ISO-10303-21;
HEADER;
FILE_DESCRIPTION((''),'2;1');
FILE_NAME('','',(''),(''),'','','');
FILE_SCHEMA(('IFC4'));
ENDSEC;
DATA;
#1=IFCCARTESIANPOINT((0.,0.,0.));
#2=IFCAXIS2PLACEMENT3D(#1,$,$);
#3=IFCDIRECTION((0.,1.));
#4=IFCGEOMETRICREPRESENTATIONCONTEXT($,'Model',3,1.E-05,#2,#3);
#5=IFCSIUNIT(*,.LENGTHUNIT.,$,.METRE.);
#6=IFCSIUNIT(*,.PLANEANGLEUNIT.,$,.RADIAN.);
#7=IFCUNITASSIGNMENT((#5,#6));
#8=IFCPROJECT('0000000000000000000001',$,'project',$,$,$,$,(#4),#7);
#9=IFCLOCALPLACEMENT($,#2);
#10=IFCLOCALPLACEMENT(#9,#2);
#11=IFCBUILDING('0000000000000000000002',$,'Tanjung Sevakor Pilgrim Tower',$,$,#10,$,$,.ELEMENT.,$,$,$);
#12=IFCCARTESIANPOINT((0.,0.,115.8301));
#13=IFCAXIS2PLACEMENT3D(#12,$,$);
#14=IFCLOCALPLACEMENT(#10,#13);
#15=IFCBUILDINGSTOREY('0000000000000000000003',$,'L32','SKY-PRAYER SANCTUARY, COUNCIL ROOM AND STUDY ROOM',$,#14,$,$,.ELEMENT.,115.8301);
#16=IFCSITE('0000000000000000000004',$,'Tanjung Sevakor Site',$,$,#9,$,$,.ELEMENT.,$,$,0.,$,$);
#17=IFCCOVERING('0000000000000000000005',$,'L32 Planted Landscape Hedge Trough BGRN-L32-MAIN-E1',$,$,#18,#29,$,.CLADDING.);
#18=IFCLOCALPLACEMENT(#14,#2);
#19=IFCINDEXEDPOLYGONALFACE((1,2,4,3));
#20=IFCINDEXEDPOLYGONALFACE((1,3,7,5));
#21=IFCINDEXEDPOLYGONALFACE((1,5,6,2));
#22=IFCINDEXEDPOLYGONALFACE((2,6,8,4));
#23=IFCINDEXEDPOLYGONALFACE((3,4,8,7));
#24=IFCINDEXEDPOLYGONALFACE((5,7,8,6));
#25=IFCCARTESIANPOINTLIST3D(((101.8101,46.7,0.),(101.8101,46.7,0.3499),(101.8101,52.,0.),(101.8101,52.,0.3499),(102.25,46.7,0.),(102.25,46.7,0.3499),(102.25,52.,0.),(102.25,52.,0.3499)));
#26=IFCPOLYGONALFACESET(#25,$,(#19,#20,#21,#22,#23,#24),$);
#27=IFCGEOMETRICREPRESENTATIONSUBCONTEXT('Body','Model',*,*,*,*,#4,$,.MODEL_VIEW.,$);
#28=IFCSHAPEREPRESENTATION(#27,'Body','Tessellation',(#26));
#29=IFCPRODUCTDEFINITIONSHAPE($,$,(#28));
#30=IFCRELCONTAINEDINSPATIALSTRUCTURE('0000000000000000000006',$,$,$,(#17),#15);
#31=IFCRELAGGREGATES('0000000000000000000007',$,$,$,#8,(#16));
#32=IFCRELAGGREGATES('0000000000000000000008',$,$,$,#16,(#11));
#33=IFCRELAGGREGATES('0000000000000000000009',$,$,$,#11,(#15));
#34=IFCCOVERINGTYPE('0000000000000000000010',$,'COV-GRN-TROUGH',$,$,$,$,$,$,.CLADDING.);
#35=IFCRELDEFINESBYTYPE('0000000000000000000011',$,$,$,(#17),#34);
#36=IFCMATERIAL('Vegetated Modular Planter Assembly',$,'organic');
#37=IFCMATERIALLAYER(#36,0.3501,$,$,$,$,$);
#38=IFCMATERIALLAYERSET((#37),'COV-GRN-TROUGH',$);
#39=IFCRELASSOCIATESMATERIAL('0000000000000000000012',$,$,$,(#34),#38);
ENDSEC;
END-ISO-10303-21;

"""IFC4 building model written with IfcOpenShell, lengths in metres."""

from ifc_helpers import new_model, si_unit, direction, frame, origin, place, context, subcontext, project, spatial, polyline, outline, extrude, material, layer, layer_set, type_object, element, save


model = new_model("IFC4")

# Units and contexts
model_context = context("Model", 3, precision=1e-05, world=origin(), true_north=direction((0.0, 1.0)))
body_context = subcontext(model_context, "Body", "Model", "MODEL_VIEW")
ifc_project = project(units=[si_unit("LENGTHUNIT", "METRE"), si_unit("PLANEANGLEUNIT", "RADIAN")], contexts=[model_context])

# Site, building, storey
site_placement = place(None, origin())
site = spatial("IfcSite", under=ifc_project, at=site_placement, Name="Tanjung Sevakor Site", CompositionType="ELEMENT", RefElevation=0.0)
building_placement = place(site_placement, origin())
building = spatial("IfcBuilding", under=site, at=building_placement, Name="Tanjung Sevakor Pilgrim Tower", CompositionType="ELEMENT")
storey_placement = place(building_placement, frame((0.0, 0.0, 115.8301)))
storey = spatial("IfcBuildingStorey", under=building, at=storey_placement, Name="L32", Description="SKY-PRAYER SANCTUARY, COUNCIL ROOM AND STUDY ROOM", CompositionType="ELEMENT", Elevation=115.8301)

# Covering
ifc_material_1 = material(Name="Vegetated Modular Planter Assembly", Category="organic")
ifc_layer_1 = layer(ifc_material_1, 0.3501)
ifc_layer_set_1 = layer_set([ifc_layer_1], Name="COV-GRN-TROUGH")
covering_type = type_object("IfcCoveringType", Name="COV-GRN-TROUGH", PredefinedType="CLADDING", material=ifc_layer_set_1)
covering_1_placement = place(storey_placement, origin())
element("IfcCovering", 1, at=covering_1_placement, inside=storey, type_object=covering_type, Name="L32 Planted Landscape Hedge Trough BGRN-L32-MAIN-E1", PredefinedType="CLADDING", context=body_context, shape_type="SweptSolid", body=[
    extrude(outline(polyline([(102.25, 46.7), (102.25, 52.0), (101.8101, 52.0), (101.8101, 46.7), (102.25, 46.7)])), origin(), (0.0, 0.0, 1.0), 0.3499),
])

save(model, "model.ifc")
